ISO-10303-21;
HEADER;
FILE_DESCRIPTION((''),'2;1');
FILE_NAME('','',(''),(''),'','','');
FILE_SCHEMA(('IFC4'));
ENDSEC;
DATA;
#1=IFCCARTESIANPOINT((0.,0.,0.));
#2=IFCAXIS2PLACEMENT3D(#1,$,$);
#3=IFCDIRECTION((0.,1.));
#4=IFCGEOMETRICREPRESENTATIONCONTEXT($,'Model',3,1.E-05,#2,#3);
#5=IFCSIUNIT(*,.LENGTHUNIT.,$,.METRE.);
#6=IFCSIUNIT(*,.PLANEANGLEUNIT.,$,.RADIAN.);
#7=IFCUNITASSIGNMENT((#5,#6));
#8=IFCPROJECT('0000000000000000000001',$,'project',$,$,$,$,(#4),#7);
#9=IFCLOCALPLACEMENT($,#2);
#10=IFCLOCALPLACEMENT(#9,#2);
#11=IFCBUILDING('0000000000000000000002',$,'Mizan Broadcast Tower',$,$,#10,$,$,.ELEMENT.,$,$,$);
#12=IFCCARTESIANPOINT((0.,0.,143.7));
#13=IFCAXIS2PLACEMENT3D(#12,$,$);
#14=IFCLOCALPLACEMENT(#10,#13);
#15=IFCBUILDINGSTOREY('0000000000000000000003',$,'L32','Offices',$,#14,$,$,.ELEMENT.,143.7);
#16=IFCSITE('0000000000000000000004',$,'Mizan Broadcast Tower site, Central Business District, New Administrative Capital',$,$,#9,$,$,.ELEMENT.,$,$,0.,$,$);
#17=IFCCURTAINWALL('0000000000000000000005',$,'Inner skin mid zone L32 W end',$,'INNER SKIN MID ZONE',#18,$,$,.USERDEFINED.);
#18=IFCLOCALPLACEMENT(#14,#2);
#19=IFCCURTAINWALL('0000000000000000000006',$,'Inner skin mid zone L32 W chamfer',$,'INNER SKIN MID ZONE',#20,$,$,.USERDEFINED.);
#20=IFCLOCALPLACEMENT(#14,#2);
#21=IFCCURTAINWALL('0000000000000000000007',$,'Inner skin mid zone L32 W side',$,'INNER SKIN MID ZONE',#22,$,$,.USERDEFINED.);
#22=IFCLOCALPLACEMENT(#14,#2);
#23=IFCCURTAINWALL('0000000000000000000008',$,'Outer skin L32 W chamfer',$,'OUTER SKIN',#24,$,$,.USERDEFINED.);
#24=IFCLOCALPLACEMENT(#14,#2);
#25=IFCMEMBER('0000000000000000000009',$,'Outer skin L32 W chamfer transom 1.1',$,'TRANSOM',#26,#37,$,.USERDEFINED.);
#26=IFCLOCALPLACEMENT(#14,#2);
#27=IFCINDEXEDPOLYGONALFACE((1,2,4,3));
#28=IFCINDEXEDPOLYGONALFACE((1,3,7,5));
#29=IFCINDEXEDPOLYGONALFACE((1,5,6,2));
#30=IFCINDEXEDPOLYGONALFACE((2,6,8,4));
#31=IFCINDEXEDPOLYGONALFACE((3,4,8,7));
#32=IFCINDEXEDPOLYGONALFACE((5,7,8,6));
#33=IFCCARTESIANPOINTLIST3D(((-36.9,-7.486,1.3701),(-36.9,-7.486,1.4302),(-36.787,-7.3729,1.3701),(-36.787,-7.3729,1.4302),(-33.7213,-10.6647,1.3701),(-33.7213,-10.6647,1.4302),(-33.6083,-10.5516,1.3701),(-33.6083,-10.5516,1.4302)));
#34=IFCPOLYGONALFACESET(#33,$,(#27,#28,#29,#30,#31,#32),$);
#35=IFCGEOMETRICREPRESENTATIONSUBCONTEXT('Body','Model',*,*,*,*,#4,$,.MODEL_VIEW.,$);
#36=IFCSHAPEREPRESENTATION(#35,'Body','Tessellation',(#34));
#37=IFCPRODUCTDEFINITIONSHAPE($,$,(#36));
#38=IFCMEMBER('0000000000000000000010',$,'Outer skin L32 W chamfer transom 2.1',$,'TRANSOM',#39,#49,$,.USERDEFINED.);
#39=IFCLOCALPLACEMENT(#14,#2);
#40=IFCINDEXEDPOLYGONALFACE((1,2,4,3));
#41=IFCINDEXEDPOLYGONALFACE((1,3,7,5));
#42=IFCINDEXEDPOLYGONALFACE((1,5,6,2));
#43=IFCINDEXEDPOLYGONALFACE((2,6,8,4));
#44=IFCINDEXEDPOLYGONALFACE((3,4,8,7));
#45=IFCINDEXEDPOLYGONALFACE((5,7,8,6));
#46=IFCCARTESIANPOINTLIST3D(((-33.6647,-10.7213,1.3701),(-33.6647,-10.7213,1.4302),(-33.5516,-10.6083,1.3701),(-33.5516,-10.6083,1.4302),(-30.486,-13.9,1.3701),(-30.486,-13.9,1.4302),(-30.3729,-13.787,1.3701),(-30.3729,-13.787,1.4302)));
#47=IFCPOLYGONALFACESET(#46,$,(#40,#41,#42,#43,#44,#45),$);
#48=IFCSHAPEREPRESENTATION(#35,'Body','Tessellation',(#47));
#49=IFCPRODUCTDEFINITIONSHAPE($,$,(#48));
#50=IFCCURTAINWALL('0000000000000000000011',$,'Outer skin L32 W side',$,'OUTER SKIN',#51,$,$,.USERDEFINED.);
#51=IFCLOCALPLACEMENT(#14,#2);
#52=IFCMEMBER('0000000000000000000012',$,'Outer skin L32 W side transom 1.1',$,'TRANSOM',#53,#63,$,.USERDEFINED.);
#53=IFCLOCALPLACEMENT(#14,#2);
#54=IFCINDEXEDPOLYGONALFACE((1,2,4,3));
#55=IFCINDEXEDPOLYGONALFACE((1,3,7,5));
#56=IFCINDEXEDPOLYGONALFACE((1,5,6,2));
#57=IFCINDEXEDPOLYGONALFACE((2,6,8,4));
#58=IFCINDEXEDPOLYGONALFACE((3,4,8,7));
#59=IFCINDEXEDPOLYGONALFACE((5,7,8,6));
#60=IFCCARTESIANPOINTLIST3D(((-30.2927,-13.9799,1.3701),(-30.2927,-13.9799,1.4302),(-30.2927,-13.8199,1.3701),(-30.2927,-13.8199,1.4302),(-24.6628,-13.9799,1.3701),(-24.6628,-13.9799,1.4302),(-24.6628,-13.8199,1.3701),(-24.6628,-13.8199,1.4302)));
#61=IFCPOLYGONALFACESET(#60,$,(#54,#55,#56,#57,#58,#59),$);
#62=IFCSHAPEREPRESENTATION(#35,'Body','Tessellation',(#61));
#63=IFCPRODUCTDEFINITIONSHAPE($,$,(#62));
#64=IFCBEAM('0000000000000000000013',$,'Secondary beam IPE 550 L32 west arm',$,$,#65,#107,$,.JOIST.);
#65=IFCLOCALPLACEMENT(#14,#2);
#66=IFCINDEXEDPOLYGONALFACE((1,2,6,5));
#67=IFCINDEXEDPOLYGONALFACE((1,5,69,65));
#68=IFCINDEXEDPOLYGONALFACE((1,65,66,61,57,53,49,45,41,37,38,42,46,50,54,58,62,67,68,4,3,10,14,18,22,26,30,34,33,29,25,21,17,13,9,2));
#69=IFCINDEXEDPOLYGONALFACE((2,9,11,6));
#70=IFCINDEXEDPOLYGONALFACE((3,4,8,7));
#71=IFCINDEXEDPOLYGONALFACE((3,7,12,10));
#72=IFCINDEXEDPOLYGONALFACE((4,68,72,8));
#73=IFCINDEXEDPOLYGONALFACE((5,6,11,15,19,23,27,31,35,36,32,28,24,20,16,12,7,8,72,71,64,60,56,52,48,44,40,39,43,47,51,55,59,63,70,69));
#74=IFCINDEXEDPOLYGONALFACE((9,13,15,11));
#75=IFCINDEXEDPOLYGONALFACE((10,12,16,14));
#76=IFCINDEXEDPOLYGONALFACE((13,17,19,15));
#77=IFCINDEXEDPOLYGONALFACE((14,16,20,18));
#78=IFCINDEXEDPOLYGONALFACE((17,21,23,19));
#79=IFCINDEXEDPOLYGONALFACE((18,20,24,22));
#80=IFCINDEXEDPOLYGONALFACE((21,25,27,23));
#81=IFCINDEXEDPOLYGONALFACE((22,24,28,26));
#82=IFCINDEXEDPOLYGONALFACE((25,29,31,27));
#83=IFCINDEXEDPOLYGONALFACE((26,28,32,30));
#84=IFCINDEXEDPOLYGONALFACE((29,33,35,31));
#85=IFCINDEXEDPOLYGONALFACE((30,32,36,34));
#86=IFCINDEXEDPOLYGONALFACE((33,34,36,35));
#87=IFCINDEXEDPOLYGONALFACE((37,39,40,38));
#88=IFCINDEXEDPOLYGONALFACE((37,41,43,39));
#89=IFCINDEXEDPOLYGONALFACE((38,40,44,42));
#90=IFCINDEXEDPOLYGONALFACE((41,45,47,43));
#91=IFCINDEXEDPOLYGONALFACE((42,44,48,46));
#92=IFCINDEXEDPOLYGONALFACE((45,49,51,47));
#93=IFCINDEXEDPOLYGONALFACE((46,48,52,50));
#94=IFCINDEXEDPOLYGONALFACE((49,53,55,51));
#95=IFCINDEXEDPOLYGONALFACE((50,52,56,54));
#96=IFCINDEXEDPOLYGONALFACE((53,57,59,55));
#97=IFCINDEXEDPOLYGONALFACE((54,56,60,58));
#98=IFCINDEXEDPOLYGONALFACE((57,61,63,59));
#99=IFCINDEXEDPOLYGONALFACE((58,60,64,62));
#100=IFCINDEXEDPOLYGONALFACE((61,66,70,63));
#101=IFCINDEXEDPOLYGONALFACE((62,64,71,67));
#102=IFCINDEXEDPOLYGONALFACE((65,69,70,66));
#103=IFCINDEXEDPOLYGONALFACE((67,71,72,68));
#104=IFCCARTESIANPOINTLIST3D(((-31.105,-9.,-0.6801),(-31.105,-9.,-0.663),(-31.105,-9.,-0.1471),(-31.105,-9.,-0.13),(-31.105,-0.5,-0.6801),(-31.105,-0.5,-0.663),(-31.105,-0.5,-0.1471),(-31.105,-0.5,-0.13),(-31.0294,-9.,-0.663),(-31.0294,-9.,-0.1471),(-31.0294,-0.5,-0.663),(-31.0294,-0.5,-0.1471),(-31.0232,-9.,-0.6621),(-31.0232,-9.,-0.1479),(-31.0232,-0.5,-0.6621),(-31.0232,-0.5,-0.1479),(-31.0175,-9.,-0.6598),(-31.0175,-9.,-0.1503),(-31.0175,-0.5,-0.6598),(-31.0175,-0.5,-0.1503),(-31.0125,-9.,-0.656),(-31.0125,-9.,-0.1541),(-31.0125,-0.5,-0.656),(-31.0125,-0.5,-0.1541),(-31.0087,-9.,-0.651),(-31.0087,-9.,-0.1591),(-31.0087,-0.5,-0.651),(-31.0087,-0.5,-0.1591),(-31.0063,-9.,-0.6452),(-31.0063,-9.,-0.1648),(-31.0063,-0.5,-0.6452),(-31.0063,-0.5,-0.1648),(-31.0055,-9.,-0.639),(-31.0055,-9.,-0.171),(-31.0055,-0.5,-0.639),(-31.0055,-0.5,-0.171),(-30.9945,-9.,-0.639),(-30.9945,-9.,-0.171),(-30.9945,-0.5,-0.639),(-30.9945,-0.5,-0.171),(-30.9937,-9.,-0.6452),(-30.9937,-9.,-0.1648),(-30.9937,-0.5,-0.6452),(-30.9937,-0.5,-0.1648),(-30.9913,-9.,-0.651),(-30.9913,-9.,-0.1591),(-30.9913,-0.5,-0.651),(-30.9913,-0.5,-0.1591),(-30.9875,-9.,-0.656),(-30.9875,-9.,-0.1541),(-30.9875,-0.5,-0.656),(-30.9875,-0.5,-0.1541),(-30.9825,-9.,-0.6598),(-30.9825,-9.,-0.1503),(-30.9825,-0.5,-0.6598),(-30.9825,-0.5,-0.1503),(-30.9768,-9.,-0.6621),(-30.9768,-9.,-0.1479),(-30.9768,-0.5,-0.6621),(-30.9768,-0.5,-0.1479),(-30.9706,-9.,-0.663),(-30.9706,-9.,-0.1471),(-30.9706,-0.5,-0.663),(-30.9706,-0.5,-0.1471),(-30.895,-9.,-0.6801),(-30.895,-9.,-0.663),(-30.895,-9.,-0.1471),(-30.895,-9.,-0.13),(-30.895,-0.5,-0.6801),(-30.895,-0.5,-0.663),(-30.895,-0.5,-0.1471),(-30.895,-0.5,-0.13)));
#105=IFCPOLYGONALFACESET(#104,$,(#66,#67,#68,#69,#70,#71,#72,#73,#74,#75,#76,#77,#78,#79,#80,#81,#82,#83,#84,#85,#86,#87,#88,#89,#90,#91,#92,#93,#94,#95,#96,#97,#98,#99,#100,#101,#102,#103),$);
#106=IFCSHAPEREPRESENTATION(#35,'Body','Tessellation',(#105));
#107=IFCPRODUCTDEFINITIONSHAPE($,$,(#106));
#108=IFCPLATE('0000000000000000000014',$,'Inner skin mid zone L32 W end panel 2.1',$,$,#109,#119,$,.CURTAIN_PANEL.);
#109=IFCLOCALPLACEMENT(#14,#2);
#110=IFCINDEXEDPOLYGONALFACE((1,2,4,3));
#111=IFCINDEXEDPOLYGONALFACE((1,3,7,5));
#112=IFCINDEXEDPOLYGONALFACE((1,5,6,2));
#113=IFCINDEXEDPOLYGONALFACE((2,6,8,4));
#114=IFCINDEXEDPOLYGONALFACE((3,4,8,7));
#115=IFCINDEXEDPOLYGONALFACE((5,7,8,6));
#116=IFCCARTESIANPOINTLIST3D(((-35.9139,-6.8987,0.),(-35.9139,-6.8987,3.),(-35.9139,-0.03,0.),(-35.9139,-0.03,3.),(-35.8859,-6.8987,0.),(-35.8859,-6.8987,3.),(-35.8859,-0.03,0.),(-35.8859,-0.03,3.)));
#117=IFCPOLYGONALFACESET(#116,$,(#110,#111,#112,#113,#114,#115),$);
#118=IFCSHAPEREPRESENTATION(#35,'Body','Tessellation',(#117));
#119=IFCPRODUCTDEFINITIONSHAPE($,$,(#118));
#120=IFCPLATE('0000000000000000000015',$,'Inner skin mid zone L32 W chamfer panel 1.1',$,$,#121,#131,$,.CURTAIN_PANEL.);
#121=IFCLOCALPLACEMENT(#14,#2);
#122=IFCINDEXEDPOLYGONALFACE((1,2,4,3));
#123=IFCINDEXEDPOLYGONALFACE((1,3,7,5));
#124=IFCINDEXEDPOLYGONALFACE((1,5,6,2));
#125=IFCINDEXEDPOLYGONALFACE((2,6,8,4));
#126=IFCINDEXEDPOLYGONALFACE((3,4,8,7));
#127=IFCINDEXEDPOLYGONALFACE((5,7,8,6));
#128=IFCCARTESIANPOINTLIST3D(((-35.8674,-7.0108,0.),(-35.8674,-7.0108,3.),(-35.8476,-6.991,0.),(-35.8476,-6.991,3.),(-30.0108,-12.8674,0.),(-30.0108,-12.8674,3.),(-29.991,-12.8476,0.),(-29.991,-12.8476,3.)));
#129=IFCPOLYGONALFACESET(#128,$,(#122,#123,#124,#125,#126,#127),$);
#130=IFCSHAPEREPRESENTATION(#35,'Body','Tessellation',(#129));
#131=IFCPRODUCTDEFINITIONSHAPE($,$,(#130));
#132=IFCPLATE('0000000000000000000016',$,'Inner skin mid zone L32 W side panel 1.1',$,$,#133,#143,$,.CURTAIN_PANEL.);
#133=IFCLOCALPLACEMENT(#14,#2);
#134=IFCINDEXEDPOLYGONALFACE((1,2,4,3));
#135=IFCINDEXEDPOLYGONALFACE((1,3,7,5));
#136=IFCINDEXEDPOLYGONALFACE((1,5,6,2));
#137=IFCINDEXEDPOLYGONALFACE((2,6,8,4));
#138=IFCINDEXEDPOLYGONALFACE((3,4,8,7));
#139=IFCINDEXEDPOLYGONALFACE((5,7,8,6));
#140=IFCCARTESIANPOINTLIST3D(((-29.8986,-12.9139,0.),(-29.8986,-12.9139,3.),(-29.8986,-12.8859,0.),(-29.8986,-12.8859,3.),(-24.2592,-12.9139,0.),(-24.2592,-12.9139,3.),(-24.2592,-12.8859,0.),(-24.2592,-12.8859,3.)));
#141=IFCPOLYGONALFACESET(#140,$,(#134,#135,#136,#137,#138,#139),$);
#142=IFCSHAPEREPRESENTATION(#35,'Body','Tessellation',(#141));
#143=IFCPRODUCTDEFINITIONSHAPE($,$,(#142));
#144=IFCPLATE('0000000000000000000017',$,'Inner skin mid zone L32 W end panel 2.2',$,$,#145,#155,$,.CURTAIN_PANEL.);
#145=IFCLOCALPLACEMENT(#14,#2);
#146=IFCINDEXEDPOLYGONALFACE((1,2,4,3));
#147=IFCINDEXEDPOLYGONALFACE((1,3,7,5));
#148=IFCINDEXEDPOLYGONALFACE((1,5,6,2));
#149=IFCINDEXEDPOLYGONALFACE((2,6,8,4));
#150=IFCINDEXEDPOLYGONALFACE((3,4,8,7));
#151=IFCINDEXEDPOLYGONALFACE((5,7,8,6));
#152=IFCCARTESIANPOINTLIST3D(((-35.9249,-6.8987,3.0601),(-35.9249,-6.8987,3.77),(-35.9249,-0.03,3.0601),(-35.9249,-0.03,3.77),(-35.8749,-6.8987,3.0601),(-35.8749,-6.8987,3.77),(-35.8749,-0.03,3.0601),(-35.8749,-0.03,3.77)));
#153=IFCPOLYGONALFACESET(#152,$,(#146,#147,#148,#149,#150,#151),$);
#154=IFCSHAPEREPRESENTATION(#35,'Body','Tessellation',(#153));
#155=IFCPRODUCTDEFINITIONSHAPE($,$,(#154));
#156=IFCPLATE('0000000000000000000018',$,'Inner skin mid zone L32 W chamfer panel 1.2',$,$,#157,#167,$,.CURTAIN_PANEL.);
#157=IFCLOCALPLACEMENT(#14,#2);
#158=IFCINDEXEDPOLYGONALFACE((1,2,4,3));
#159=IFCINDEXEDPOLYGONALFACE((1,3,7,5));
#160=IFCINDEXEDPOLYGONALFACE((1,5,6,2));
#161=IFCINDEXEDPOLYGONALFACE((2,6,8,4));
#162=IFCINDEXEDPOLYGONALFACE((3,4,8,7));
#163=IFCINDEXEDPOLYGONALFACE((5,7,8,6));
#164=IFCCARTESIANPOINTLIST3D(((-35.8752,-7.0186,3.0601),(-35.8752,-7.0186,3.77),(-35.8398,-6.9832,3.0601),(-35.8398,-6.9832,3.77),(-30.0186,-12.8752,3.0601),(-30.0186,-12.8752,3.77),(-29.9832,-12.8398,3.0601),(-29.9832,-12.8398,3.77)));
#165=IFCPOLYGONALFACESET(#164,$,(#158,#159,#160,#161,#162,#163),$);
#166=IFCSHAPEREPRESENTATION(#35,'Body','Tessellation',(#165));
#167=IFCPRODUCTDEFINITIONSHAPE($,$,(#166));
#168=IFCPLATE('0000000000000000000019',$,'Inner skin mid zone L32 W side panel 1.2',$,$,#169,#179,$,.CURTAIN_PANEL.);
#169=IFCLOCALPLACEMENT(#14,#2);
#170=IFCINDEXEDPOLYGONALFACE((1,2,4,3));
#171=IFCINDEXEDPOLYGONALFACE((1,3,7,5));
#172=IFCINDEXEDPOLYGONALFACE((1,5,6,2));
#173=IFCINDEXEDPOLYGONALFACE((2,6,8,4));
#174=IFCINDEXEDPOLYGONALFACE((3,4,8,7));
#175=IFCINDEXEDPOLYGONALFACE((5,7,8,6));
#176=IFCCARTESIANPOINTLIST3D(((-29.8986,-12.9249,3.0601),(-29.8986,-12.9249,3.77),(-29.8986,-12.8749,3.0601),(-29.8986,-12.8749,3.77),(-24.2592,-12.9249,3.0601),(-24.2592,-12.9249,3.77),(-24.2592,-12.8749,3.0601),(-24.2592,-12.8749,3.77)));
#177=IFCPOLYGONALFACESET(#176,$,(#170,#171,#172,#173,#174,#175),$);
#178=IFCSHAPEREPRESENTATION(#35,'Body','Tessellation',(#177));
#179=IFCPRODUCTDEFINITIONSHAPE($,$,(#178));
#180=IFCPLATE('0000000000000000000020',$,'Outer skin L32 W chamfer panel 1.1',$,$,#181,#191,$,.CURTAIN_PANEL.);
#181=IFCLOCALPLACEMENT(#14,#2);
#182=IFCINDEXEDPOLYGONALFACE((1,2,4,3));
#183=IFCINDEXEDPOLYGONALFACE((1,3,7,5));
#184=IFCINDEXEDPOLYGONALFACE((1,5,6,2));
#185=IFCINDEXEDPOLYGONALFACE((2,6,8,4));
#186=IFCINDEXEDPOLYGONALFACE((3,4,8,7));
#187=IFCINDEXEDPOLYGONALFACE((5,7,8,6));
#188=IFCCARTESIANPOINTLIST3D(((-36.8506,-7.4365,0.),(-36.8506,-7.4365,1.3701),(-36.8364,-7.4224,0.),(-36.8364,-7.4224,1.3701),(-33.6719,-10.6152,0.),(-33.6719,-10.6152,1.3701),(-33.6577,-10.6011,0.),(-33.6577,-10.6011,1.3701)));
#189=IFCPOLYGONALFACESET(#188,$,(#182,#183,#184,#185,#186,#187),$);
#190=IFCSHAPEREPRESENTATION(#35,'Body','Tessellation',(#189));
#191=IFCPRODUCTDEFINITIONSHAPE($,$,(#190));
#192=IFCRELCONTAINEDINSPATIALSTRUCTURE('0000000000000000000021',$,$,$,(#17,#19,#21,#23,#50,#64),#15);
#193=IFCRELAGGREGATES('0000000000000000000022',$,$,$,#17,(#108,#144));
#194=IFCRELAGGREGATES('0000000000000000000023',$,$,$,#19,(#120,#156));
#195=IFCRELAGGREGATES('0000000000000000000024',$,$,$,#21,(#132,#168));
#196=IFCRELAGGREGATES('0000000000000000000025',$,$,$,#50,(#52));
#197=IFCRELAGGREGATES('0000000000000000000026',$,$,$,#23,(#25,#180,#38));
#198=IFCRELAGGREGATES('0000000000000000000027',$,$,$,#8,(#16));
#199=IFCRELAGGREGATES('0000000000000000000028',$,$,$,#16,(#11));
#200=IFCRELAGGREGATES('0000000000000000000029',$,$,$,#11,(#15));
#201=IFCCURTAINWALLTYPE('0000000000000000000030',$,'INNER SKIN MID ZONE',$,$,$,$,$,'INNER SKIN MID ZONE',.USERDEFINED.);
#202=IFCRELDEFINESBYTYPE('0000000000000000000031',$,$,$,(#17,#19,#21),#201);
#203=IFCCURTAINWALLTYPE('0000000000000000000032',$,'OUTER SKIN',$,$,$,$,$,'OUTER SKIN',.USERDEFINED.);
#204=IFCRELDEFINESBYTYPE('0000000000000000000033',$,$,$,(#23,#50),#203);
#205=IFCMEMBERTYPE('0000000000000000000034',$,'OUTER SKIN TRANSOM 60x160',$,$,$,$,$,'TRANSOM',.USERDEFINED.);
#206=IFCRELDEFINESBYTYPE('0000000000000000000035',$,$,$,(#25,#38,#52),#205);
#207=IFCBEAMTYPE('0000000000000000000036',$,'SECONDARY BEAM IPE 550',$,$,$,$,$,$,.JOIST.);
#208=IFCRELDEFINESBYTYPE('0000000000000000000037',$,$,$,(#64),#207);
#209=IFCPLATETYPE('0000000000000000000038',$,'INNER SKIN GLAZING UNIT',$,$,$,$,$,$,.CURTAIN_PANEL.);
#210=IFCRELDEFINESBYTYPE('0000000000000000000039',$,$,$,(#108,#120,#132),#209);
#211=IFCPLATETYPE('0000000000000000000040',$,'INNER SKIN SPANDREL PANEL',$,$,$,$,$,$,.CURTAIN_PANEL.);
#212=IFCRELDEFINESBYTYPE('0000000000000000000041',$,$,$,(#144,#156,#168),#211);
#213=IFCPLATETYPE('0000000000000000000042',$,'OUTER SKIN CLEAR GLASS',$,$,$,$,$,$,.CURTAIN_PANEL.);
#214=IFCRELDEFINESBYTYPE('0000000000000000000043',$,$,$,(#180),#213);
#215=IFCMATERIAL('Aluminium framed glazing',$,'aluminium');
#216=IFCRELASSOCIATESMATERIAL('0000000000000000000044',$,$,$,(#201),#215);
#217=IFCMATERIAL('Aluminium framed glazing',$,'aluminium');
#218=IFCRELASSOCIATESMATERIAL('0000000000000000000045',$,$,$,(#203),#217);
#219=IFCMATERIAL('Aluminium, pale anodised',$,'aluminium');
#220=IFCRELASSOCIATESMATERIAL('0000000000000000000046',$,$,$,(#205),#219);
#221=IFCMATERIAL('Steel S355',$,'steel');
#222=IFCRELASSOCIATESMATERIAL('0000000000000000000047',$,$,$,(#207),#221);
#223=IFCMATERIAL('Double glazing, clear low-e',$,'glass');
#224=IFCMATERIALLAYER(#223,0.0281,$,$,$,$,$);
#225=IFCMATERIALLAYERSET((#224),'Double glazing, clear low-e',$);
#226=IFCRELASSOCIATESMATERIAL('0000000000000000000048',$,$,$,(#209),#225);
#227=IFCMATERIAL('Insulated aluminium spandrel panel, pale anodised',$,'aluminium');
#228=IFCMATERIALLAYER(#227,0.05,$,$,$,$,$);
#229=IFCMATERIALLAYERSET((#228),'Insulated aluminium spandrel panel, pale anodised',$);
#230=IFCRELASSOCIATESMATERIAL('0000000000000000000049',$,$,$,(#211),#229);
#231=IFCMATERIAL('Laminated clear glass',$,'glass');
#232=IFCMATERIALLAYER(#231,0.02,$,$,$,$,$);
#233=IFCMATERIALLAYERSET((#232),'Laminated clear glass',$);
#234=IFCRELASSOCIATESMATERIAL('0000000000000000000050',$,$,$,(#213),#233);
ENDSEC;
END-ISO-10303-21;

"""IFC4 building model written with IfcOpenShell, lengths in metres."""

from ifc_helpers import new_model, si_unit, direction, frame, origin, origin_2d, place, context, subcontext, project, spatial, rectangle, i_section, extrude, material, layer, layer_set, material_profile, profile_set, type_object, element, aggregate, save


model = new_model("IFC4")

# Units and contexts
model_context = context("Model", 3, precision=1e-05, world=origin(), true_north=direction((0.0, 1.0)))
body_context = subcontext(model_context, "Body", "Model", "MODEL_VIEW")
ifc_project = project(units=[si_unit("LENGTHUNIT", "METRE"), si_unit("PLANEANGLEUNIT", "RADIAN")], contexts=[model_context])

# Site, building, storey
site_placement = place(None, origin())
site = spatial("IfcSite", under=ifc_project, at=site_placement, Name="Mizan Broadcast Tower site, Central Business District, New Administrative Capital", CompositionType="ELEMENT", RefElevation=0.0)
building_placement = place(site_placement, origin())
building = spatial("IfcBuilding", under=site, at=building_placement, Name="Mizan Broadcast Tower", CompositionType="ELEMENT")
storey_placement = place(building_placement, frame((0.0, 0.0, 143.7)))
storey = spatial("IfcBuildingStorey", under=building, at=storey_placement, Name="L32", Description="Offices", CompositionType="ELEMENT", Elevation=143.7)

# Curtain walls
ifc_material_1 = material(Name="Aluminium framed glazing", Category="aluminium")
curtain_wall_type_1 = type_object("IfcCurtainWallType", Name="INNER SKIN MID ZONE", ElementType="INNER SKIN MID ZONE", PredefinedType="USERDEFINED", material=ifc_material_1)
curtain_wall_1_placement = place(storey_placement, origin())
curtain_wall_1 = element("IfcCurtainWall", 1, at=curtain_wall_1_placement, inside=storey, type_object=curtain_wall_type_1, Name="Inner skin mid zone L32 W end", ObjectType="INNER SKIN MID ZONE", PredefinedType="USERDEFINED")
curtain_wall_2_placement = place(storey_placement, origin())
curtain_wall_2 = element("IfcCurtainWall", 2, at=curtain_wall_2_placement, inside=storey, type_object=curtain_wall_type_1, Name="Inner skin mid zone L32 W chamfer", ObjectType="INNER SKIN MID ZONE", PredefinedType="USERDEFINED")

# Curtain wall
curtain_wall_3_placement = place(storey_placement, origin())
curtain_wall_3 = element("IfcCurtainWall", 3, at=curtain_wall_3_placement, inside=storey, type_object=curtain_wall_type_1, Name="Inner skin mid zone L32 W side", ObjectType="INNER SKIN MID ZONE", PredefinedType="USERDEFINED")
ifc_material_2 = material(Name="Aluminium framed glazing", Category="aluminium")
curtain_wall_type_2 = type_object("IfcCurtainWallType", Name="OUTER SKIN", ElementType="OUTER SKIN", PredefinedType="USERDEFINED", material=ifc_material_2)

# Curtain wall
curtain_wall_4_placement = place(storey_placement, origin())
curtain_wall_4 = element("IfcCurtainWall", 4, at=curtain_wall_4_placement, inside=storey, type_object=curtain_wall_type_2, Name="Outer skin L32 W chamfer", ObjectType="OUTER SKIN", PredefinedType="USERDEFINED")

# Members
ifc_material_3 = material(Name="Aluminium, pale anodised", Category="aluminium")
ifc_material_profile_1 = material_profile(ifc_material_3, rectangle(XDim=0.1599, YDim=0.0601, at=origin_2d()), Name="TRANSOM 160x60")
ifc_profile_set_1 = profile_set([ifc_material_profile_1], Name="Aluminium, pale anodised")
member_type_1 = type_object("IfcMemberType", Name="OUTER SKIN TRANSOM 60x160", ElementType="TRANSOM", PredefinedType="USERDEFINED", material=ifc_profile_set_1)
member_1_placement = place(storey_placement, frame((-36.8435, -7.4294, 1.4001), z_axis=(0.707107, -0.707107, 0.0), x_axis=(0.707107, 0.707107, 0.0)))
member_1 = element("IfcMember", 5, at=member_1_placement, type_object=member_type_1, Name="Outer skin L32 W chamfer transom 1.1", ObjectType="TRANSOM", PredefinedType="USERDEFINED", context=body_context, shape_type="SweptSolid", body=[
    extrude(rectangle(XDim=0.1599, YDim=0.0601, at=origin_2d()), origin(), (0.0, 0.0, 1.0), 4.4954),
])
member_2_placement = place(storey_placement, frame((-33.6082, -10.6648, 1.4001), z_axis=(0.707107, -0.707107, 0.0), x_axis=(0.707107, 0.707107, 0.0)))
member_2 = element("IfcMember", 6, at=member_2_placement, type_object=member_type_1, Name="Outer skin L32 W chamfer transom 2.1", ObjectType="TRANSOM", PredefinedType="USERDEFINED", context=body_context, shape_type="SweptSolid", body=[
    extrude(rectangle(XDim=0.1599, YDim=0.0601, at=origin_2d()), origin(), (0.0, 0.0, 1.0), 4.4954),
])

# Curtain wall, member
curtain_wall_5_placement = place(storey_placement, origin())
curtain_wall_5 = element("IfcCurtainWall", 7, at=curtain_wall_5_placement, inside=storey, type_object=curtain_wall_type_2, Name="Outer skin L32 W side", ObjectType="OUTER SKIN", PredefinedType="USERDEFINED")
member_3_placement = place(storey_placement, frame((-30.2927, -13.8999, 1.4001), z_axis=(1.0, 0.0, 0.0), x_axis=(0.0, 1.0, 0.0)))
member_3 = element("IfcMember", 8, at=member_3_placement, type_object=member_type_1, Name="Outer skin L32 W side transom 1.1", ObjectType="TRANSOM", PredefinedType="USERDEFINED", context=body_context, shape_type="SweptSolid", body=[
    extrude(rectangle(XDim=0.1599, YDim=0.0601, at=origin_2d()), origin(), (0.0, 0.0, 1.0), 5.6299),
])

# Beam
ifc_material_4 = material(Name="Steel S355", Category="steel")
ifc_material_profile_2 = material_profile(ifc_material_4, i_section(OverallWidth=0.21, OverallDepth=0.55, WebThickness=0.011, FlangeThickness=0.0171, FilletRadius=0.0239, at=origin_2d()), Name="IPE 550")
ifc_profile_set_2 = profile_set([ifc_material_profile_2], Name="Steel S355")
beam_type_1 = type_object("IfcBeamType", Name="SECONDARY BEAM IPE 550", PredefinedType="JOIST", material=ifc_profile_set_2)
beam_1_placement = place(storey_placement, frame((-31.0, -9.0, -0.405), z_axis=(0.0, 1.0, 0.0), x_axis=(-1.0, 0.0, 0.0)))
element("IfcBeam", 9, at=beam_1_placement, inside=storey, type_object=beam_type_1, Name="Secondary beam IPE 550 L32 west arm", PredefinedType="JOIST", context=body_context, shape_type="SweptSolid", body=[
    extrude(i_section(OverallWidth=0.21, OverallDepth=0.55, WebThickness=0.011, FlangeThickness=0.0171, FilletRadius=0.0239, at=origin_2d()), origin(), (0.0, 0.0, 1.0), 8.5),
])

# Plates
ifc_material_5 = material(Name="Double glazing, clear low-e", Category="glass")
ifc_layer_1 = layer(ifc_material_5, 0.0281)
ifc_layer_set_1 = layer_set([ifc_layer_1], Name="Double glazing, clear low-e")
plate_type_1 = type_object("IfcPlateType", Name="INNER SKIN GLAZING UNIT", PredefinedType="CURTAIN_PANEL", material=ifc_layer_set_1)
plate_1_placement = place(storey_placement, frame((-35.8999, -3.4644, 0.0), z_axis=(0.0, 0.0, 1.0), x_axis=(0.0, -1.0, 0.0)))
plate_1 = element("IfcPlate", 10, at=plate_1_placement, type_object=plate_type_1, Name="Inner skin mid zone L32 W end panel 2.1", PredefinedType="CURTAIN_PANEL", context=body_context, shape_type="SweptSolid", body=[
    extrude(rectangle(XDim=6.8687, YDim=0.0281, at=origin_2d()), origin(), (0.0, 0.0, 1.0), 3.0),
])
plate_2_placement = place(storey_placement, frame((-32.9292, -9.9292, 0.0), z_axis=(0.0, 0.0, 1.0), x_axis=(0.707107, -0.707107, 0.0)))
plate_2 = element("IfcPlate", 11, at=plate_2_placement, type_object=plate_type_1, Name="Inner skin mid zone L32 W chamfer panel 1.1", PredefinedType="CURTAIN_PANEL", context=body_context, shape_type="SweptSolid", body=[
    extrude(rectangle(XDim=8.2825, YDim=0.0281, at=origin_2d()), origin(), (0.0, 0.0, 1.0), 3.0),
])
plate_3_placement = place(storey_placement, frame((-27.0789, -12.8999, 0.0), z_axis=(0.0, 0.0, 1.0), x_axis=(1.0, 0.0, 0.0)))
plate_3 = element("IfcPlate", 12, at=plate_3_placement, type_object=plate_type_1, Name="Inner skin mid zone L32 W side panel 1.1", PredefinedType="CURTAIN_PANEL", context=body_context, shape_type="SweptSolid", body=[
    extrude(rectangle(XDim=5.6394, YDim=0.0281, at=origin_2d()), origin(), (0.0, 0.0, 1.0), 3.0),
])
ifc_material_6 = material(Name="Insulated aluminium spandrel panel, pale anodised", Category="aluminium")
ifc_layer_2 = layer(ifc_material_6, 0.05)
ifc_layer_set_2 = layer_set([ifc_layer_2], Name="Insulated aluminium spandrel panel, pale anodised")
plate_type_2 = type_object("IfcPlateType", Name="INNER SKIN SPANDREL PANEL", PredefinedType="CURTAIN_PANEL", material=ifc_layer_set_2)
plate_4_placement = place(storey_placement, frame((-35.8999, -3.4644, 3.0601), z_axis=(0.0, 0.0, 1.0), x_axis=(0.0, -1.0, 0.0)))
plate_4 = element("IfcPlate", 13, at=plate_4_placement, type_object=plate_type_2, Name="Inner skin mid zone L32 W end panel 2.2", PredefinedType="CURTAIN_PANEL", context=body_context, shape_type="SweptSolid", body=[
    extrude(rectangle(XDim=6.8687, YDim=0.05, at=origin_2d()), origin(), (0.0, 0.0, 1.0), 0.71),
])
aggregate(curtain_wall_1, [plate_1, plate_4])
plate_5_placement = place(storey_placement, frame((-32.9292, -9.9292, 3.0601), z_axis=(0.0, 0.0, 1.0), x_axis=(0.707107, -0.707107, 0.0)))
plate_5 = element("IfcPlate", 14, at=plate_5_placement, type_object=plate_type_2, Name="Inner skin mid zone L32 W chamfer panel 1.2", PredefinedType="CURTAIN_PANEL", context=body_context, shape_type="SweptSolid", body=[
    extrude(rectangle(XDim=8.2825, YDim=0.05, at=origin_2d()), origin(), (0.0, 0.0, 1.0), 0.71),
])
aggregate(curtain_wall_2, [plate_2, plate_5])
plate_6_placement = place(storey_placement, frame((-27.0789, -12.8999, 3.0601), z_axis=(0.0, 0.0, 1.0), x_axis=(1.0, 0.0, 0.0)))
plate_6 = element("IfcPlate", 15, at=plate_6_placement, type_object=plate_type_2, Name="Inner skin mid zone L32 W side panel 1.2", PredefinedType="CURTAIN_PANEL", context=body_context, shape_type="SweptSolid", body=[
    extrude(rectangle(XDim=5.6394, YDim=0.05, at=origin_2d()), origin(), (0.0, 0.0, 1.0), 0.71),
])
aggregate(curtain_wall_3, [plate_3, plate_6])
ifc_material_7 = material(Name="Laminated clear glass", Category="glass")
ifc_layer_3 = layer(ifc_material_7, 0.02)
ifc_layer_set_3 = layer_set([ifc_layer_3], Name="Laminated clear glass")
plate_type_3 = type_object("IfcPlateType", Name="OUTER SKIN CLEAR GLASS", PredefinedType="CURTAIN_PANEL", material=ifc_layer_set_3)
plate_7_placement = place(storey_placement, frame((-35.2542, -9.0188, 0.0), z_axis=(0.0, 0.0, 1.0), x_axis=(0.707107, -0.707107, 0.0)))
plate_7 = element("IfcPlate", 16, at=plate_7_placement, type_object=plate_type_3, Name="Outer skin L32 W chamfer panel 1.1", PredefinedType="CURTAIN_PANEL", context=body_context, shape_type="SweptSolid", body=[
    extrude(rectangle(XDim=4.4954, YDim=0.02, at=origin_2d()), origin(), (0.0, 0.0, 1.0), 1.3701),
])
aggregate(curtain_wall_5, [member_3])
aggregate(curtain_wall_4, [member_1, plate_7, member_2])

save(model, "model.ifc")
